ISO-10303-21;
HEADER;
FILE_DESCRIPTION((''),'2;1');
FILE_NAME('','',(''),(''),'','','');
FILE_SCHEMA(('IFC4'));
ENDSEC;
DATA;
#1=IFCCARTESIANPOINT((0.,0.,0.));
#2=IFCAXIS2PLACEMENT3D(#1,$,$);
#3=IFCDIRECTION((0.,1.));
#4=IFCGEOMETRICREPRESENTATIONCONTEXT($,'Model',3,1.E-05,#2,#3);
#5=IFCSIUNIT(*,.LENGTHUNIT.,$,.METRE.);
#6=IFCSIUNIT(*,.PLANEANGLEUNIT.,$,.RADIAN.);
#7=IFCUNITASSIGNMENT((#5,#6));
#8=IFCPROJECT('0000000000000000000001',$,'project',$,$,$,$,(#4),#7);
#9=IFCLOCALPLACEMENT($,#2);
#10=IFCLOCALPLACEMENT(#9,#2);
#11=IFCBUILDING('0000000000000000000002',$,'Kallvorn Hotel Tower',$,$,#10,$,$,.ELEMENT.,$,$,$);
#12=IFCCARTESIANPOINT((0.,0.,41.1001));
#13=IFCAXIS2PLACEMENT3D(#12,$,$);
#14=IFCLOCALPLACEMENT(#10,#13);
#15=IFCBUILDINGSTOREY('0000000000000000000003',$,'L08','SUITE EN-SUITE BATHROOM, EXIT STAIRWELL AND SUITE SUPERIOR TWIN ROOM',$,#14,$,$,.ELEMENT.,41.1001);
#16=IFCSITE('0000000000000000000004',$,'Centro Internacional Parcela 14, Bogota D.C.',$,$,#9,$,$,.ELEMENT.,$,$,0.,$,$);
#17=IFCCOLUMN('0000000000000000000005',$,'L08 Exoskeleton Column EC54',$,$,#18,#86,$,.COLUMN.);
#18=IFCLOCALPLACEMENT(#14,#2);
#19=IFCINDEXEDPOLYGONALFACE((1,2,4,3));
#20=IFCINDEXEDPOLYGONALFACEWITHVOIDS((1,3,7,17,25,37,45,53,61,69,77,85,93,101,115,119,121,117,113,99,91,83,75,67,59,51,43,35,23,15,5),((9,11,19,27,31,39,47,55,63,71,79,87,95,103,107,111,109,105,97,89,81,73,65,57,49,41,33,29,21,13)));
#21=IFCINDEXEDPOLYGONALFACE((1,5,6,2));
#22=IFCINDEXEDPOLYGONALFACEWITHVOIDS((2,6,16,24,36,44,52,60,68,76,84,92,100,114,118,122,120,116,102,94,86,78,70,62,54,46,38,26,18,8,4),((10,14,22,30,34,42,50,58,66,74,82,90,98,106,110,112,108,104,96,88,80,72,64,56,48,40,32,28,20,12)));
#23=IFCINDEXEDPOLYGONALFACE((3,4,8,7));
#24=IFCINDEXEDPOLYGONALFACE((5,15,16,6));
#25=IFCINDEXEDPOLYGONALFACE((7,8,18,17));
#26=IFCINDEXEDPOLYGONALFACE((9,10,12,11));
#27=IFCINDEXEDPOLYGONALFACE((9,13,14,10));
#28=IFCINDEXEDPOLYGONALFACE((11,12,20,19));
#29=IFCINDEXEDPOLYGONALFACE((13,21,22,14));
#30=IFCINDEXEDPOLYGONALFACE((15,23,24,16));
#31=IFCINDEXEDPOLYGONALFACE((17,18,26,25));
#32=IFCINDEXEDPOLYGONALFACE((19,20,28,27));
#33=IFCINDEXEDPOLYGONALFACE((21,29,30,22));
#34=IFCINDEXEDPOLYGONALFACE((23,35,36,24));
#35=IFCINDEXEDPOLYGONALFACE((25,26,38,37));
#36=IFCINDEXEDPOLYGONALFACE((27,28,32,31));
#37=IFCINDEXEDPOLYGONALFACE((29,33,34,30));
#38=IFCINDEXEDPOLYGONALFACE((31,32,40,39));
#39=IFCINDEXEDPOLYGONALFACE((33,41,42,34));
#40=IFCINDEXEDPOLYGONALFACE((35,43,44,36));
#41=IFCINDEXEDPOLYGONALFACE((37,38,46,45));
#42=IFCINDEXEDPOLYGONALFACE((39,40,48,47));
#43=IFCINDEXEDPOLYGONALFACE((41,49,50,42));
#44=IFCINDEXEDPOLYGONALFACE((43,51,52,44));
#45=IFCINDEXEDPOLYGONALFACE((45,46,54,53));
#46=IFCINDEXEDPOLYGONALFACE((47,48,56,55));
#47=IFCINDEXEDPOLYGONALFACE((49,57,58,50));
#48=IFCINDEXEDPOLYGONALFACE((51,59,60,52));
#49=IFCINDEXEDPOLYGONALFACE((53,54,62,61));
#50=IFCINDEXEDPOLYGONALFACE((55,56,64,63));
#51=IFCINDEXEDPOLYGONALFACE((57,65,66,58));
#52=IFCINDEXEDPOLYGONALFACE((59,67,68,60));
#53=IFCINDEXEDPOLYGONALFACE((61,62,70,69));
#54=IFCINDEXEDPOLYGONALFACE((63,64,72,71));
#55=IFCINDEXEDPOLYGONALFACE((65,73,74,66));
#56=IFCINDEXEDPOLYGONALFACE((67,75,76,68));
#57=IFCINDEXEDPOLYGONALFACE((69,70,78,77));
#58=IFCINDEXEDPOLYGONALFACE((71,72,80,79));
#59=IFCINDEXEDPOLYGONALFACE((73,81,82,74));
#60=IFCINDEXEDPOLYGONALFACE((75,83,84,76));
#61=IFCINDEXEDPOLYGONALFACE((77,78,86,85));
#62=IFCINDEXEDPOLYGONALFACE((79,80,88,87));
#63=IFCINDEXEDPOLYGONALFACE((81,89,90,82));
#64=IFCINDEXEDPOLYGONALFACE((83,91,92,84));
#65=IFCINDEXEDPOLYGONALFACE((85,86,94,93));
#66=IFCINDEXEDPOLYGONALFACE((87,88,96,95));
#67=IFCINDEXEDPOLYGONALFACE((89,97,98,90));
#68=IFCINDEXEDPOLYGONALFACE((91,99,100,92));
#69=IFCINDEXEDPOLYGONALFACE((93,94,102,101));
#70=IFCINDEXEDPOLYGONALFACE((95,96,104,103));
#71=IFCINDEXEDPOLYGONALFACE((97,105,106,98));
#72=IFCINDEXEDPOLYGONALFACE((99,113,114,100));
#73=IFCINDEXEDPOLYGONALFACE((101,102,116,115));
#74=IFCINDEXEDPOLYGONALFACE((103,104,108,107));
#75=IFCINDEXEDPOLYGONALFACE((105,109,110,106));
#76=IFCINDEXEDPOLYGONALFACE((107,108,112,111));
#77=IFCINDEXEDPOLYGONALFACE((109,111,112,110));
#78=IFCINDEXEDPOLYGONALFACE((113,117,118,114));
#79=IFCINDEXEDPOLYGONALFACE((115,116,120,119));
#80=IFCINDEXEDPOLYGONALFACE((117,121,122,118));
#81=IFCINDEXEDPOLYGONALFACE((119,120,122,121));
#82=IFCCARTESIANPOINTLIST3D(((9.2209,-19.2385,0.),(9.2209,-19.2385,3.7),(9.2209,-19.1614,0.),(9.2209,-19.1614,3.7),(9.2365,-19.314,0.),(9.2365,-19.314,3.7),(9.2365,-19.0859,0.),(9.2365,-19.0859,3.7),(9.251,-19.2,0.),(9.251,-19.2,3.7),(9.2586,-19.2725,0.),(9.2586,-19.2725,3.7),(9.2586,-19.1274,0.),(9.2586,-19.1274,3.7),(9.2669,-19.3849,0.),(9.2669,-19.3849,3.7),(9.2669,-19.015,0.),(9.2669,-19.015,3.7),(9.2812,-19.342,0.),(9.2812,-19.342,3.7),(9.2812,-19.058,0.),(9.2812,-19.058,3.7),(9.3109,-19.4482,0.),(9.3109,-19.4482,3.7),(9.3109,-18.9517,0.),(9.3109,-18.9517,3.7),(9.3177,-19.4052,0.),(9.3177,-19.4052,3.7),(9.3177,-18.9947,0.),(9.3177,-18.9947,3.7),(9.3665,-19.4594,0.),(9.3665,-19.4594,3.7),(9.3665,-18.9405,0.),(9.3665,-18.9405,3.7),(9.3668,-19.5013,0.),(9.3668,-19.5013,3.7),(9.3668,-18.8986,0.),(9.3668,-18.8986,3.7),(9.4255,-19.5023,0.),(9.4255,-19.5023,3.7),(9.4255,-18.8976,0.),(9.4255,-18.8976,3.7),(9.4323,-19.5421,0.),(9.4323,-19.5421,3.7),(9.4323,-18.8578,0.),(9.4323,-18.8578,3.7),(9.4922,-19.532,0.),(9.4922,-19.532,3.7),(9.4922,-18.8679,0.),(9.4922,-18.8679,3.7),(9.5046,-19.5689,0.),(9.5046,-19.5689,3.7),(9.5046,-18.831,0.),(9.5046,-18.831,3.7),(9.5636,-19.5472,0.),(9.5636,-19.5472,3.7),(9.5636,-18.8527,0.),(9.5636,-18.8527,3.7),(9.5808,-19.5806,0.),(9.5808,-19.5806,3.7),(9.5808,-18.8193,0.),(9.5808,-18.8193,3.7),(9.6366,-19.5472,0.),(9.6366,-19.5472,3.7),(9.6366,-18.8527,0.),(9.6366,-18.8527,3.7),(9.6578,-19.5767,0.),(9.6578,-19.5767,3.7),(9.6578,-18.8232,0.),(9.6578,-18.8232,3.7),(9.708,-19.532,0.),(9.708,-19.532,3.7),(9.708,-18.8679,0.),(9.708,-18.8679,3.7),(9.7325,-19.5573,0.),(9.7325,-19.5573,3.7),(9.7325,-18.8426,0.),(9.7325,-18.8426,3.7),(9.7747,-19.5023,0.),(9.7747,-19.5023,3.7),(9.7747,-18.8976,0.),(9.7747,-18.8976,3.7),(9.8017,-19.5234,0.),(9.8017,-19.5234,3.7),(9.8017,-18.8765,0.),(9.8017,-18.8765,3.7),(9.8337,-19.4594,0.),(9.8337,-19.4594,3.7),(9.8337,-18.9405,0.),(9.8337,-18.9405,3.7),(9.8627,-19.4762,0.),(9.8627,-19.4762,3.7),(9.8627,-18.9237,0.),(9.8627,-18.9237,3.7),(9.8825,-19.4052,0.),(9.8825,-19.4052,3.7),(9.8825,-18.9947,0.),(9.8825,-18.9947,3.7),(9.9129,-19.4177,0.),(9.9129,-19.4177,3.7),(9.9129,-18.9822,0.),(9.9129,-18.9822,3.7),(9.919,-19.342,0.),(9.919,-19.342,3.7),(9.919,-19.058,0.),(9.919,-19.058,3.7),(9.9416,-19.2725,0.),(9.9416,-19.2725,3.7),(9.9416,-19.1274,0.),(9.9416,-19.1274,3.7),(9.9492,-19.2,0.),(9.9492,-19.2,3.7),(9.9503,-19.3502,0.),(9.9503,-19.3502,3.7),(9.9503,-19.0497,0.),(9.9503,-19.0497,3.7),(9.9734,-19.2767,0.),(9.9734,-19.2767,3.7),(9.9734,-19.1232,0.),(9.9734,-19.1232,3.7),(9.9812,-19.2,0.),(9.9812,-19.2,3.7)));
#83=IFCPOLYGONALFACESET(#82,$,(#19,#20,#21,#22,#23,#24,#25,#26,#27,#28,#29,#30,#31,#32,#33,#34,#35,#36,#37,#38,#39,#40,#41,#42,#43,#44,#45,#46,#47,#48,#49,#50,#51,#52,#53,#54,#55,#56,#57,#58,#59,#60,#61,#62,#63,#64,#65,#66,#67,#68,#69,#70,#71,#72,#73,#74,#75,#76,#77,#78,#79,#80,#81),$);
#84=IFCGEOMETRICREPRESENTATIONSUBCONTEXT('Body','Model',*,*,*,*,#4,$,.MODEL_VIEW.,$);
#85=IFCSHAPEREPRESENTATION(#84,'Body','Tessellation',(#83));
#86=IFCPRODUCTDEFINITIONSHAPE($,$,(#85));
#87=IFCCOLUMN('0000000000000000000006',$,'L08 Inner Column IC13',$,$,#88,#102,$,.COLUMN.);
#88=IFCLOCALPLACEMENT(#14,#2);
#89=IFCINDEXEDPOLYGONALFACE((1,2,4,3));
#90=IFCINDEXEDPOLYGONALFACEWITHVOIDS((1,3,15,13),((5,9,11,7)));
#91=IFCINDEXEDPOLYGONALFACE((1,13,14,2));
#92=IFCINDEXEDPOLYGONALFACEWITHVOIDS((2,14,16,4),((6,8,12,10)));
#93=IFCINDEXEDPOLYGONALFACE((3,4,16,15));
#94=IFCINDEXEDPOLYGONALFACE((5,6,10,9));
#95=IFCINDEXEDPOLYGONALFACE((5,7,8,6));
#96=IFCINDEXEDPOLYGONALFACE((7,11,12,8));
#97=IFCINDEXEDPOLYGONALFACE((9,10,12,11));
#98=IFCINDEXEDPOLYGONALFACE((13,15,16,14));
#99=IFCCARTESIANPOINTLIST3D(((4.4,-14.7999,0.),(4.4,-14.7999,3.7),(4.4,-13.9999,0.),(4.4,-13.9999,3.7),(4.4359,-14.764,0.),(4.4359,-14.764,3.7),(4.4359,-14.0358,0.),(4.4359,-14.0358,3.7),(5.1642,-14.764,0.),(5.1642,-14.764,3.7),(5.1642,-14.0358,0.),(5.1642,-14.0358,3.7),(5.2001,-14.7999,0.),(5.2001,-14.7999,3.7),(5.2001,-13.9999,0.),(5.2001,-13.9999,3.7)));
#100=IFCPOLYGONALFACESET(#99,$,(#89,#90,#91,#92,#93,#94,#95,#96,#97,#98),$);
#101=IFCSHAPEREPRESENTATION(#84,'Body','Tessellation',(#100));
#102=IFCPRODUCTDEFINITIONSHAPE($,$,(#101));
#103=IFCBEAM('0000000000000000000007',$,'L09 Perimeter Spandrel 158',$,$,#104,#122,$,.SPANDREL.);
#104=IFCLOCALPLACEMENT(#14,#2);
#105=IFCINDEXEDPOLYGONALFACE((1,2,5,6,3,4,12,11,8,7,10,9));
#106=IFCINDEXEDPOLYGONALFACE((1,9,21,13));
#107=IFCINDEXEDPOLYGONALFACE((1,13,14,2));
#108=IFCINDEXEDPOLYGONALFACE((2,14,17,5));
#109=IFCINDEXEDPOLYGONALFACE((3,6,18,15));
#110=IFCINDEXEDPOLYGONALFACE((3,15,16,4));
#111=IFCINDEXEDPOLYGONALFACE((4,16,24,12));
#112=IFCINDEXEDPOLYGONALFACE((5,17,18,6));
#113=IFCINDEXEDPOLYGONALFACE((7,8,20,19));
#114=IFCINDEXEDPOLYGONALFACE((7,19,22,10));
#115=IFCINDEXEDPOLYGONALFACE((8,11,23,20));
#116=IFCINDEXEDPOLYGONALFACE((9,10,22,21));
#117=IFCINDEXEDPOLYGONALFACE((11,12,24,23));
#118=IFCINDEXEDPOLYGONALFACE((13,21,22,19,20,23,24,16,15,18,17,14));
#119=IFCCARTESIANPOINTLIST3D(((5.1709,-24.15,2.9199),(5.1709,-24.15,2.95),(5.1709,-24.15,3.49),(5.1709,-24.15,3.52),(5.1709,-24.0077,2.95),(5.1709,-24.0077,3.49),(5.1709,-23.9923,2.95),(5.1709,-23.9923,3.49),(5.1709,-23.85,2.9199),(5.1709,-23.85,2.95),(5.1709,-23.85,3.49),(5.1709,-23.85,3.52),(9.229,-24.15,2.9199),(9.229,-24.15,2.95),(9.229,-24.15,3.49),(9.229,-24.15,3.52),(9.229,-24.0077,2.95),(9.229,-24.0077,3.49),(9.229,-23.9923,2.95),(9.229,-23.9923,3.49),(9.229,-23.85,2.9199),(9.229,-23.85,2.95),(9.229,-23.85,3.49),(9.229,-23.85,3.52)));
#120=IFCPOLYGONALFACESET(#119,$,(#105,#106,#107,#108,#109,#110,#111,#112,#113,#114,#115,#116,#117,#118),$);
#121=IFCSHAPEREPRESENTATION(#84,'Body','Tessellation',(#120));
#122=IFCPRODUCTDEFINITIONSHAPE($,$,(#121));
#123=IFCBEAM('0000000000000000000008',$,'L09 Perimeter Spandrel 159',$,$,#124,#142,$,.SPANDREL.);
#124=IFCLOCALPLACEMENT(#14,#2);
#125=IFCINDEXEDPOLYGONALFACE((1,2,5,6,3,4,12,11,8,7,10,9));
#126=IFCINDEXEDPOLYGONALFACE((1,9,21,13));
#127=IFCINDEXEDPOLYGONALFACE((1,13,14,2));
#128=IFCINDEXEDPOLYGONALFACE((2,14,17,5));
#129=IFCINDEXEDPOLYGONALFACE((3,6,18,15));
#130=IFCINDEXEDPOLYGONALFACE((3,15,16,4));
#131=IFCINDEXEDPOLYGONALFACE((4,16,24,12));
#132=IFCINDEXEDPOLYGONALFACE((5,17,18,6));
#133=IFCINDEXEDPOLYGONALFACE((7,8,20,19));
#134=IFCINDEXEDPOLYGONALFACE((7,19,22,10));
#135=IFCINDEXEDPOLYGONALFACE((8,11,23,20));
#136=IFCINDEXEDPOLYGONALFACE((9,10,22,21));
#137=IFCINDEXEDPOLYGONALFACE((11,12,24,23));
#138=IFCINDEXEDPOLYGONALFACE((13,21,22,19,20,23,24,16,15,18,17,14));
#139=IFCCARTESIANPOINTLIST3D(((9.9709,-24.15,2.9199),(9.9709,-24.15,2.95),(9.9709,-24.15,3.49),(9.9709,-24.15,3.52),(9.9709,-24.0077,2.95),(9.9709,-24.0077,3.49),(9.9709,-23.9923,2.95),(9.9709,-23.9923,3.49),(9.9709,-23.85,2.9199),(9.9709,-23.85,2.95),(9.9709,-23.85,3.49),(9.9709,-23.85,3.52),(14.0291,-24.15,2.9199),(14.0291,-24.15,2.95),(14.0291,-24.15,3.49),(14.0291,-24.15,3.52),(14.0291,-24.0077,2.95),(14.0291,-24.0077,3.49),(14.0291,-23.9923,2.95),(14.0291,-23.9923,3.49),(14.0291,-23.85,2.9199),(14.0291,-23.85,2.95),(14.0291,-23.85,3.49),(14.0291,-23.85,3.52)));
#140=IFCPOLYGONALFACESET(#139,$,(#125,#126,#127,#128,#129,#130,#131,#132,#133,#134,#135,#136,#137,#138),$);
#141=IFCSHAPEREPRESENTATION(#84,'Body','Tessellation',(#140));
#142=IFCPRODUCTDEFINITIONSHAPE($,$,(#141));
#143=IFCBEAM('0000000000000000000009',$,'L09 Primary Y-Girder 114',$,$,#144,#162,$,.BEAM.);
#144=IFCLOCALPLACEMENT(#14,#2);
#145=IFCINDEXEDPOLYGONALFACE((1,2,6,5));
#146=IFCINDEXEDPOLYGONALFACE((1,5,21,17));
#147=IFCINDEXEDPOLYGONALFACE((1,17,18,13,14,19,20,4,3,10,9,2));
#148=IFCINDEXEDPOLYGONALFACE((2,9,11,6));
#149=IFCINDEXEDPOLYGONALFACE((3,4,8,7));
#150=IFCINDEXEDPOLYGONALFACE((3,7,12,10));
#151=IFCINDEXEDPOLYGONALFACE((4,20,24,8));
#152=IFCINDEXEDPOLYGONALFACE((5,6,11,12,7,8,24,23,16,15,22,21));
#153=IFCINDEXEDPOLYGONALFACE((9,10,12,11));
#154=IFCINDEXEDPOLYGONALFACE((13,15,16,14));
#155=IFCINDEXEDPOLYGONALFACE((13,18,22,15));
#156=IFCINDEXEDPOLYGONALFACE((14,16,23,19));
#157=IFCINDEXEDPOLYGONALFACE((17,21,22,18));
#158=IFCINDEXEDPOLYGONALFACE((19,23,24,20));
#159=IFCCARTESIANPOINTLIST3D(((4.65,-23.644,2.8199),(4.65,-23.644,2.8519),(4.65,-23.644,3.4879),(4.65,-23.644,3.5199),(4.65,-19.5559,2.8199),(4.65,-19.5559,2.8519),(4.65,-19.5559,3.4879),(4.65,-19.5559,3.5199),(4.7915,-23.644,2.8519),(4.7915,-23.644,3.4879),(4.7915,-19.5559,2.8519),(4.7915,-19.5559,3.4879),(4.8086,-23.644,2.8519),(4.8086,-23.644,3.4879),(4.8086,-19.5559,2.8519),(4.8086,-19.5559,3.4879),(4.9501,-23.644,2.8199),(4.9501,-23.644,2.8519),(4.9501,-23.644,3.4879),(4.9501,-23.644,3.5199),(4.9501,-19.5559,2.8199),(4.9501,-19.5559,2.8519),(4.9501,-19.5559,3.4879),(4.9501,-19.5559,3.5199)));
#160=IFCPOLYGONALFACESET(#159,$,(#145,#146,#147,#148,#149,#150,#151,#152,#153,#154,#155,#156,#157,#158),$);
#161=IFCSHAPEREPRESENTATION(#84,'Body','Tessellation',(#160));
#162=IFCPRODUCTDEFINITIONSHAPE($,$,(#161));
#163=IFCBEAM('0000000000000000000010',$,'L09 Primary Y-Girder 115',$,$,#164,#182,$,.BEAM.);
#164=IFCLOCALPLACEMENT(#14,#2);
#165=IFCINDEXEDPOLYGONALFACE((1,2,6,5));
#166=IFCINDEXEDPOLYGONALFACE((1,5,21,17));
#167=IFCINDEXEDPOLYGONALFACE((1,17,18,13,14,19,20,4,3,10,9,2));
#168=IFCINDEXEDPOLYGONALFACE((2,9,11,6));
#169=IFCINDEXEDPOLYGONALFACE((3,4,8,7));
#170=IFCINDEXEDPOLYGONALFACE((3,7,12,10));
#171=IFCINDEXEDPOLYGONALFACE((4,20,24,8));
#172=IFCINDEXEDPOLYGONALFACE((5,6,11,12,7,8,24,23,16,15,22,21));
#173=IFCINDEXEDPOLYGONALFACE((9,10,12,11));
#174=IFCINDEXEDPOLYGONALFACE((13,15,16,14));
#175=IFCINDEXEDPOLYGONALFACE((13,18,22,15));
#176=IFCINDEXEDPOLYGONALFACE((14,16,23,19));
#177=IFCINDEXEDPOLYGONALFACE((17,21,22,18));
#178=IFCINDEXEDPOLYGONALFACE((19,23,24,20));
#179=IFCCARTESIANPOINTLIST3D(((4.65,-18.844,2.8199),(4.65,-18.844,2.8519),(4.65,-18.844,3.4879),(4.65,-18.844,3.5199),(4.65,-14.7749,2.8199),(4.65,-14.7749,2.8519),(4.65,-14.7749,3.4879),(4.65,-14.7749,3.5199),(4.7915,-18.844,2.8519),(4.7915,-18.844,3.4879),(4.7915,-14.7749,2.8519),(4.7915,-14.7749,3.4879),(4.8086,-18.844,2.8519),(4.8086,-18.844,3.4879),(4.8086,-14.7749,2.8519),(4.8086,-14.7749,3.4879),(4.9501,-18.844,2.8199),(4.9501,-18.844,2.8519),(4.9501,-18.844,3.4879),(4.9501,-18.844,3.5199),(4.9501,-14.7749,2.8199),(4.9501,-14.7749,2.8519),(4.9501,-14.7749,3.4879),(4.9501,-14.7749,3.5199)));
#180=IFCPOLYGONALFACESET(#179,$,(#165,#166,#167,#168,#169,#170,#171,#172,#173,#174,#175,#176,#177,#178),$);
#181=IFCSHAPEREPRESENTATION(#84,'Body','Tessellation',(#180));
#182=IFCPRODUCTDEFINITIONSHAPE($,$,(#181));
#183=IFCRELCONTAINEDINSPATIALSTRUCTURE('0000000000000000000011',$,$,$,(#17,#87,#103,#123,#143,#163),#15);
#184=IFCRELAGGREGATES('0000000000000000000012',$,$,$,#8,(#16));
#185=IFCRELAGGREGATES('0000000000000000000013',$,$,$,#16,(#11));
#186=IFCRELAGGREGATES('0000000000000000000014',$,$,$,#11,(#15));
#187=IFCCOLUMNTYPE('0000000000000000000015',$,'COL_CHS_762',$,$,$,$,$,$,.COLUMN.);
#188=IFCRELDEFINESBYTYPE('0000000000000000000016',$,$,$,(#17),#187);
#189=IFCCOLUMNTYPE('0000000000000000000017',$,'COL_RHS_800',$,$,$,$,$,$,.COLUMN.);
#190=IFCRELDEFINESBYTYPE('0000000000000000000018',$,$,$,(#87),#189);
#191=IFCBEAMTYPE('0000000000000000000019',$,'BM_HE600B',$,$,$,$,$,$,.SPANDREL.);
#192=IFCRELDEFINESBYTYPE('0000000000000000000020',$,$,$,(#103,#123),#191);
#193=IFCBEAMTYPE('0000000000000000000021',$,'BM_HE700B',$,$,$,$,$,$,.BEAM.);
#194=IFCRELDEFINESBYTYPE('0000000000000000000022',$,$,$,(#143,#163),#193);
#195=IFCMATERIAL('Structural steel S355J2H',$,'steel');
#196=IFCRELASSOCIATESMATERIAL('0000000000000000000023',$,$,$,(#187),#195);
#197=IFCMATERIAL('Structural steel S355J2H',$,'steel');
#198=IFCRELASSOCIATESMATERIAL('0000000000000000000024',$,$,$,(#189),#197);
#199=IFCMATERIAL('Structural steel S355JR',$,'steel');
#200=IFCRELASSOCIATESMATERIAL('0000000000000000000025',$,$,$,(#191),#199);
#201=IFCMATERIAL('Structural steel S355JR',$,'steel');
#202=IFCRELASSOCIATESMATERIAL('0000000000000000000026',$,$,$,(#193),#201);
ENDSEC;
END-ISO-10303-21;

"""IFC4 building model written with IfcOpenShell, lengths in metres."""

from ifc_helpers import new_model, si_unit, direction, frame, origin, origin_2d, place, context, subcontext, project, spatial, hollow_rectangle, hollow_circle, i_section, extrude, material, material_profile, profile_set, type_object, element, save


model = new_model("IFC4")

# Units and contexts
model_context = context("Model", 3, precision=1e-05, world=origin(), true_north=direction((0.0, 1.0)))
body_context = subcontext(model_context, "Body", "Model", "MODEL_VIEW")
ifc_project = project(units=[si_unit("LENGTHUNIT", "METRE"), si_unit("PLANEANGLEUNIT", "RADIAN")], contexts=[model_context])

# Site, building, storey
site_placement = place(None, origin())
site = spatial("IfcSite", under=ifc_project, at=site_placement, Name="Centro Internacional Parcela 14, Bogota D.C.", CompositionType="ELEMENT", RefElevation=0.0)
building_placement = place(site_placement, origin())
building = spatial("IfcBuilding", under=site, at=building_placement, Name="Kallvorn Hotel Tower", CompositionType="ELEMENT")
storey_placement = place(building_placement, frame((0.0, 0.0, 41.1001)))
storey = spatial("IfcBuildingStorey", under=building, at=storey_placement, Name="L08", Description="SUITE EN-SUITE BATHROOM, EXIT STAIRWELL AND SUITE SUPERIOR TWIN ROOM", CompositionType="ELEMENT", Elevation=41.1001)

# Columns
ifc_material_1 = material(Name="Structural steel S355J2H", Category="steel")
ifc_material_profile_1 = material_profile(ifc_material_1, hollow_circle(Radius=0.3811, WallThickness=0.032, at=origin_2d()), Name="CHS 762x32")
ifc_profile_set_1 = profile_set([ifc_material_profile_1], Name="Structural steel S355J2H")
column_type_1 = type_object("IfcColumnType", Name="COL_CHS_762", PredefinedType="COLUMN", material=ifc_profile_set_1)
for number, where, z_axis, x_axis, name in (
    (1, (9.6001, -19.2, 0.0), (0.0, 0.0, 1.0), (1.0, 0.0, 0.0), "L08 Exoskeleton Column EC54"),
):
    element("IfcColumn", number, at=place(storey_placement, frame(where, z_axis=z_axis, x_axis=x_axis)), inside=storey, type_object=column_type_1, Name=name, PredefinedType="COLUMN", context=body_context, shape_type="SweptSolid", body=[
        extrude(hollow_circle(Radius=0.3811, WallThickness=0.032, at=origin_2d()), origin(), (0.0, 0.0, 1.0), 3.7),
    ])
ifc_material_2 = material(Name="Structural steel S355J2H", Category="steel")
ifc_material_profile_2 = material_profile(ifc_material_2, hollow_rectangle(XDim=0.8, YDim=0.8, WallThickness=0.0359, at=origin_2d()), Name="RHS 800x800x36")
ifc_profile_set_2 = profile_set([ifc_material_profile_2], Name="Structural steel S355J2H")
column_type_2 = type_object("IfcColumnType", Name="COL_RHS_800", PredefinedType="COLUMN", material=ifc_profile_set_2)
column_placement = place(storey_placement, frame((4.8, -14.3999, 0.0), z_axis=(0.0, 0.0, 1.0), x_axis=(1.0, 0.0, 0.0)))
element("IfcColumn", 2, at=column_placement, inside=storey, type_object=column_type_2, Name="L08 Inner Column IC13", PredefinedType="COLUMN", context=body_context, shape_type="SweptSolid", body=[
    extrude(hollow_rectangle(XDim=0.8, YDim=0.8, WallThickness=0.0359, at=origin_2d()), origin(), (0.0, 0.0, 1.0), 3.7),
])

# Beams
ifc_material_3 = material(Name="Structural steel S355JR", Category="steel")
ifc_material_profile_3 = material_profile(ifc_material_3, i_section(OverallWidth=0.3, OverallDepth=0.6001, WebThickness=0.0154, FlangeThickness=0.03, at=origin_2d()), Name="HE 600 B")
ifc_profile_set_3 = profile_set([ifc_material_profile_3], Name="Structural steel S355JR")
beam_type_1 = type_object("IfcBeamType", Name="BM_HE600B", PredefinedType="SPANDREL", material=ifc_profile_set_3)
for number, where, z_axis, x_axis, name in (
    (3, (5.1709, -24.0, 3.22), (1.0, 0.0, 0.0), (0.0, 1.0, 0.0), "L09 Perimeter Spandrel 158"),
    (4, (9.9709, -24.0, 3.22), (1.0, 0.0, 0.0), (0.0, 1.0, 0.0), "L09 Perimeter Spandrel 159"),
):
    element("IfcBeam", number, at=place(storey_placement, frame(where, z_axis=z_axis, x_axis=x_axis)), inside=storey, type_object=beam_type_1, Name=name, PredefinedType="SPANDREL", context=body_context, shape_type="SweptSolid", body=[
        extrude(i_section(OverallWidth=0.3, OverallDepth=0.6001, WebThickness=0.0154, FlangeThickness=0.03, at=origin_2d()), origin(), (0.0, 0.0, 1.0), 4.0581),
    ])
ifc_material_4 = material(Name="Structural steel S355JR", Category="steel")
ifc_material_profile_4 = material_profile(ifc_material_4, i_section(OverallWidth=0.3, OverallDepth=0.7, WebThickness=0.0171, FlangeThickness=0.032, at=origin_2d()), Name="HE 700 B")
ifc_profile_set_4 = profile_set([ifc_material_profile_4], Name="Structural steel S355JR")
beam_type_2 = type_object("IfcBeamType", Name="BM_HE700B", PredefinedType="BEAM", material=ifc_profile_set_4)
beam_1_placement = place(storey_placement, frame((4.8, -23.644, 3.1699), z_axis=(0.0, 1.0, 0.0), x_axis=(-1.0, 0.0, 0.0)))
element("IfcBeam", 5, at=beam_1_placement, inside=storey, type_object=beam_type_2, Name="L09 Primary Y-Girder 114", PredefinedType="BEAM", context=body_context, shape_type="SweptSolid", body=[
    extrude(i_section(OverallWidth=0.3, OverallDepth=0.7, WebThickness=0.0171, FlangeThickness=0.032, at=origin_2d()), origin(), (0.0, 0.0, 1.0), 4.0881),
])
beam_2_placement = place(storey_placement, frame((4.8, -18.844, 3.1699), z_axis=(0.0, 1.0, 0.0), x_axis=(-1.0, 0.0, 0.0)))
element("IfcBeam", 6, at=beam_2_placement, inside=storey, type_object=beam_type_2, Name="L09 Primary Y-Girder 115", PredefinedType="BEAM", context=body_context, shape_type="SweptSolid", body=[
    extrude(i_section(OverallWidth=0.3, OverallDepth=0.7, WebThickness=0.0171, FlangeThickness=0.032, at=origin_2d()), origin(), (0.0, 0.0, 1.0), 4.0691),
])

save(model, "model.ifc")
